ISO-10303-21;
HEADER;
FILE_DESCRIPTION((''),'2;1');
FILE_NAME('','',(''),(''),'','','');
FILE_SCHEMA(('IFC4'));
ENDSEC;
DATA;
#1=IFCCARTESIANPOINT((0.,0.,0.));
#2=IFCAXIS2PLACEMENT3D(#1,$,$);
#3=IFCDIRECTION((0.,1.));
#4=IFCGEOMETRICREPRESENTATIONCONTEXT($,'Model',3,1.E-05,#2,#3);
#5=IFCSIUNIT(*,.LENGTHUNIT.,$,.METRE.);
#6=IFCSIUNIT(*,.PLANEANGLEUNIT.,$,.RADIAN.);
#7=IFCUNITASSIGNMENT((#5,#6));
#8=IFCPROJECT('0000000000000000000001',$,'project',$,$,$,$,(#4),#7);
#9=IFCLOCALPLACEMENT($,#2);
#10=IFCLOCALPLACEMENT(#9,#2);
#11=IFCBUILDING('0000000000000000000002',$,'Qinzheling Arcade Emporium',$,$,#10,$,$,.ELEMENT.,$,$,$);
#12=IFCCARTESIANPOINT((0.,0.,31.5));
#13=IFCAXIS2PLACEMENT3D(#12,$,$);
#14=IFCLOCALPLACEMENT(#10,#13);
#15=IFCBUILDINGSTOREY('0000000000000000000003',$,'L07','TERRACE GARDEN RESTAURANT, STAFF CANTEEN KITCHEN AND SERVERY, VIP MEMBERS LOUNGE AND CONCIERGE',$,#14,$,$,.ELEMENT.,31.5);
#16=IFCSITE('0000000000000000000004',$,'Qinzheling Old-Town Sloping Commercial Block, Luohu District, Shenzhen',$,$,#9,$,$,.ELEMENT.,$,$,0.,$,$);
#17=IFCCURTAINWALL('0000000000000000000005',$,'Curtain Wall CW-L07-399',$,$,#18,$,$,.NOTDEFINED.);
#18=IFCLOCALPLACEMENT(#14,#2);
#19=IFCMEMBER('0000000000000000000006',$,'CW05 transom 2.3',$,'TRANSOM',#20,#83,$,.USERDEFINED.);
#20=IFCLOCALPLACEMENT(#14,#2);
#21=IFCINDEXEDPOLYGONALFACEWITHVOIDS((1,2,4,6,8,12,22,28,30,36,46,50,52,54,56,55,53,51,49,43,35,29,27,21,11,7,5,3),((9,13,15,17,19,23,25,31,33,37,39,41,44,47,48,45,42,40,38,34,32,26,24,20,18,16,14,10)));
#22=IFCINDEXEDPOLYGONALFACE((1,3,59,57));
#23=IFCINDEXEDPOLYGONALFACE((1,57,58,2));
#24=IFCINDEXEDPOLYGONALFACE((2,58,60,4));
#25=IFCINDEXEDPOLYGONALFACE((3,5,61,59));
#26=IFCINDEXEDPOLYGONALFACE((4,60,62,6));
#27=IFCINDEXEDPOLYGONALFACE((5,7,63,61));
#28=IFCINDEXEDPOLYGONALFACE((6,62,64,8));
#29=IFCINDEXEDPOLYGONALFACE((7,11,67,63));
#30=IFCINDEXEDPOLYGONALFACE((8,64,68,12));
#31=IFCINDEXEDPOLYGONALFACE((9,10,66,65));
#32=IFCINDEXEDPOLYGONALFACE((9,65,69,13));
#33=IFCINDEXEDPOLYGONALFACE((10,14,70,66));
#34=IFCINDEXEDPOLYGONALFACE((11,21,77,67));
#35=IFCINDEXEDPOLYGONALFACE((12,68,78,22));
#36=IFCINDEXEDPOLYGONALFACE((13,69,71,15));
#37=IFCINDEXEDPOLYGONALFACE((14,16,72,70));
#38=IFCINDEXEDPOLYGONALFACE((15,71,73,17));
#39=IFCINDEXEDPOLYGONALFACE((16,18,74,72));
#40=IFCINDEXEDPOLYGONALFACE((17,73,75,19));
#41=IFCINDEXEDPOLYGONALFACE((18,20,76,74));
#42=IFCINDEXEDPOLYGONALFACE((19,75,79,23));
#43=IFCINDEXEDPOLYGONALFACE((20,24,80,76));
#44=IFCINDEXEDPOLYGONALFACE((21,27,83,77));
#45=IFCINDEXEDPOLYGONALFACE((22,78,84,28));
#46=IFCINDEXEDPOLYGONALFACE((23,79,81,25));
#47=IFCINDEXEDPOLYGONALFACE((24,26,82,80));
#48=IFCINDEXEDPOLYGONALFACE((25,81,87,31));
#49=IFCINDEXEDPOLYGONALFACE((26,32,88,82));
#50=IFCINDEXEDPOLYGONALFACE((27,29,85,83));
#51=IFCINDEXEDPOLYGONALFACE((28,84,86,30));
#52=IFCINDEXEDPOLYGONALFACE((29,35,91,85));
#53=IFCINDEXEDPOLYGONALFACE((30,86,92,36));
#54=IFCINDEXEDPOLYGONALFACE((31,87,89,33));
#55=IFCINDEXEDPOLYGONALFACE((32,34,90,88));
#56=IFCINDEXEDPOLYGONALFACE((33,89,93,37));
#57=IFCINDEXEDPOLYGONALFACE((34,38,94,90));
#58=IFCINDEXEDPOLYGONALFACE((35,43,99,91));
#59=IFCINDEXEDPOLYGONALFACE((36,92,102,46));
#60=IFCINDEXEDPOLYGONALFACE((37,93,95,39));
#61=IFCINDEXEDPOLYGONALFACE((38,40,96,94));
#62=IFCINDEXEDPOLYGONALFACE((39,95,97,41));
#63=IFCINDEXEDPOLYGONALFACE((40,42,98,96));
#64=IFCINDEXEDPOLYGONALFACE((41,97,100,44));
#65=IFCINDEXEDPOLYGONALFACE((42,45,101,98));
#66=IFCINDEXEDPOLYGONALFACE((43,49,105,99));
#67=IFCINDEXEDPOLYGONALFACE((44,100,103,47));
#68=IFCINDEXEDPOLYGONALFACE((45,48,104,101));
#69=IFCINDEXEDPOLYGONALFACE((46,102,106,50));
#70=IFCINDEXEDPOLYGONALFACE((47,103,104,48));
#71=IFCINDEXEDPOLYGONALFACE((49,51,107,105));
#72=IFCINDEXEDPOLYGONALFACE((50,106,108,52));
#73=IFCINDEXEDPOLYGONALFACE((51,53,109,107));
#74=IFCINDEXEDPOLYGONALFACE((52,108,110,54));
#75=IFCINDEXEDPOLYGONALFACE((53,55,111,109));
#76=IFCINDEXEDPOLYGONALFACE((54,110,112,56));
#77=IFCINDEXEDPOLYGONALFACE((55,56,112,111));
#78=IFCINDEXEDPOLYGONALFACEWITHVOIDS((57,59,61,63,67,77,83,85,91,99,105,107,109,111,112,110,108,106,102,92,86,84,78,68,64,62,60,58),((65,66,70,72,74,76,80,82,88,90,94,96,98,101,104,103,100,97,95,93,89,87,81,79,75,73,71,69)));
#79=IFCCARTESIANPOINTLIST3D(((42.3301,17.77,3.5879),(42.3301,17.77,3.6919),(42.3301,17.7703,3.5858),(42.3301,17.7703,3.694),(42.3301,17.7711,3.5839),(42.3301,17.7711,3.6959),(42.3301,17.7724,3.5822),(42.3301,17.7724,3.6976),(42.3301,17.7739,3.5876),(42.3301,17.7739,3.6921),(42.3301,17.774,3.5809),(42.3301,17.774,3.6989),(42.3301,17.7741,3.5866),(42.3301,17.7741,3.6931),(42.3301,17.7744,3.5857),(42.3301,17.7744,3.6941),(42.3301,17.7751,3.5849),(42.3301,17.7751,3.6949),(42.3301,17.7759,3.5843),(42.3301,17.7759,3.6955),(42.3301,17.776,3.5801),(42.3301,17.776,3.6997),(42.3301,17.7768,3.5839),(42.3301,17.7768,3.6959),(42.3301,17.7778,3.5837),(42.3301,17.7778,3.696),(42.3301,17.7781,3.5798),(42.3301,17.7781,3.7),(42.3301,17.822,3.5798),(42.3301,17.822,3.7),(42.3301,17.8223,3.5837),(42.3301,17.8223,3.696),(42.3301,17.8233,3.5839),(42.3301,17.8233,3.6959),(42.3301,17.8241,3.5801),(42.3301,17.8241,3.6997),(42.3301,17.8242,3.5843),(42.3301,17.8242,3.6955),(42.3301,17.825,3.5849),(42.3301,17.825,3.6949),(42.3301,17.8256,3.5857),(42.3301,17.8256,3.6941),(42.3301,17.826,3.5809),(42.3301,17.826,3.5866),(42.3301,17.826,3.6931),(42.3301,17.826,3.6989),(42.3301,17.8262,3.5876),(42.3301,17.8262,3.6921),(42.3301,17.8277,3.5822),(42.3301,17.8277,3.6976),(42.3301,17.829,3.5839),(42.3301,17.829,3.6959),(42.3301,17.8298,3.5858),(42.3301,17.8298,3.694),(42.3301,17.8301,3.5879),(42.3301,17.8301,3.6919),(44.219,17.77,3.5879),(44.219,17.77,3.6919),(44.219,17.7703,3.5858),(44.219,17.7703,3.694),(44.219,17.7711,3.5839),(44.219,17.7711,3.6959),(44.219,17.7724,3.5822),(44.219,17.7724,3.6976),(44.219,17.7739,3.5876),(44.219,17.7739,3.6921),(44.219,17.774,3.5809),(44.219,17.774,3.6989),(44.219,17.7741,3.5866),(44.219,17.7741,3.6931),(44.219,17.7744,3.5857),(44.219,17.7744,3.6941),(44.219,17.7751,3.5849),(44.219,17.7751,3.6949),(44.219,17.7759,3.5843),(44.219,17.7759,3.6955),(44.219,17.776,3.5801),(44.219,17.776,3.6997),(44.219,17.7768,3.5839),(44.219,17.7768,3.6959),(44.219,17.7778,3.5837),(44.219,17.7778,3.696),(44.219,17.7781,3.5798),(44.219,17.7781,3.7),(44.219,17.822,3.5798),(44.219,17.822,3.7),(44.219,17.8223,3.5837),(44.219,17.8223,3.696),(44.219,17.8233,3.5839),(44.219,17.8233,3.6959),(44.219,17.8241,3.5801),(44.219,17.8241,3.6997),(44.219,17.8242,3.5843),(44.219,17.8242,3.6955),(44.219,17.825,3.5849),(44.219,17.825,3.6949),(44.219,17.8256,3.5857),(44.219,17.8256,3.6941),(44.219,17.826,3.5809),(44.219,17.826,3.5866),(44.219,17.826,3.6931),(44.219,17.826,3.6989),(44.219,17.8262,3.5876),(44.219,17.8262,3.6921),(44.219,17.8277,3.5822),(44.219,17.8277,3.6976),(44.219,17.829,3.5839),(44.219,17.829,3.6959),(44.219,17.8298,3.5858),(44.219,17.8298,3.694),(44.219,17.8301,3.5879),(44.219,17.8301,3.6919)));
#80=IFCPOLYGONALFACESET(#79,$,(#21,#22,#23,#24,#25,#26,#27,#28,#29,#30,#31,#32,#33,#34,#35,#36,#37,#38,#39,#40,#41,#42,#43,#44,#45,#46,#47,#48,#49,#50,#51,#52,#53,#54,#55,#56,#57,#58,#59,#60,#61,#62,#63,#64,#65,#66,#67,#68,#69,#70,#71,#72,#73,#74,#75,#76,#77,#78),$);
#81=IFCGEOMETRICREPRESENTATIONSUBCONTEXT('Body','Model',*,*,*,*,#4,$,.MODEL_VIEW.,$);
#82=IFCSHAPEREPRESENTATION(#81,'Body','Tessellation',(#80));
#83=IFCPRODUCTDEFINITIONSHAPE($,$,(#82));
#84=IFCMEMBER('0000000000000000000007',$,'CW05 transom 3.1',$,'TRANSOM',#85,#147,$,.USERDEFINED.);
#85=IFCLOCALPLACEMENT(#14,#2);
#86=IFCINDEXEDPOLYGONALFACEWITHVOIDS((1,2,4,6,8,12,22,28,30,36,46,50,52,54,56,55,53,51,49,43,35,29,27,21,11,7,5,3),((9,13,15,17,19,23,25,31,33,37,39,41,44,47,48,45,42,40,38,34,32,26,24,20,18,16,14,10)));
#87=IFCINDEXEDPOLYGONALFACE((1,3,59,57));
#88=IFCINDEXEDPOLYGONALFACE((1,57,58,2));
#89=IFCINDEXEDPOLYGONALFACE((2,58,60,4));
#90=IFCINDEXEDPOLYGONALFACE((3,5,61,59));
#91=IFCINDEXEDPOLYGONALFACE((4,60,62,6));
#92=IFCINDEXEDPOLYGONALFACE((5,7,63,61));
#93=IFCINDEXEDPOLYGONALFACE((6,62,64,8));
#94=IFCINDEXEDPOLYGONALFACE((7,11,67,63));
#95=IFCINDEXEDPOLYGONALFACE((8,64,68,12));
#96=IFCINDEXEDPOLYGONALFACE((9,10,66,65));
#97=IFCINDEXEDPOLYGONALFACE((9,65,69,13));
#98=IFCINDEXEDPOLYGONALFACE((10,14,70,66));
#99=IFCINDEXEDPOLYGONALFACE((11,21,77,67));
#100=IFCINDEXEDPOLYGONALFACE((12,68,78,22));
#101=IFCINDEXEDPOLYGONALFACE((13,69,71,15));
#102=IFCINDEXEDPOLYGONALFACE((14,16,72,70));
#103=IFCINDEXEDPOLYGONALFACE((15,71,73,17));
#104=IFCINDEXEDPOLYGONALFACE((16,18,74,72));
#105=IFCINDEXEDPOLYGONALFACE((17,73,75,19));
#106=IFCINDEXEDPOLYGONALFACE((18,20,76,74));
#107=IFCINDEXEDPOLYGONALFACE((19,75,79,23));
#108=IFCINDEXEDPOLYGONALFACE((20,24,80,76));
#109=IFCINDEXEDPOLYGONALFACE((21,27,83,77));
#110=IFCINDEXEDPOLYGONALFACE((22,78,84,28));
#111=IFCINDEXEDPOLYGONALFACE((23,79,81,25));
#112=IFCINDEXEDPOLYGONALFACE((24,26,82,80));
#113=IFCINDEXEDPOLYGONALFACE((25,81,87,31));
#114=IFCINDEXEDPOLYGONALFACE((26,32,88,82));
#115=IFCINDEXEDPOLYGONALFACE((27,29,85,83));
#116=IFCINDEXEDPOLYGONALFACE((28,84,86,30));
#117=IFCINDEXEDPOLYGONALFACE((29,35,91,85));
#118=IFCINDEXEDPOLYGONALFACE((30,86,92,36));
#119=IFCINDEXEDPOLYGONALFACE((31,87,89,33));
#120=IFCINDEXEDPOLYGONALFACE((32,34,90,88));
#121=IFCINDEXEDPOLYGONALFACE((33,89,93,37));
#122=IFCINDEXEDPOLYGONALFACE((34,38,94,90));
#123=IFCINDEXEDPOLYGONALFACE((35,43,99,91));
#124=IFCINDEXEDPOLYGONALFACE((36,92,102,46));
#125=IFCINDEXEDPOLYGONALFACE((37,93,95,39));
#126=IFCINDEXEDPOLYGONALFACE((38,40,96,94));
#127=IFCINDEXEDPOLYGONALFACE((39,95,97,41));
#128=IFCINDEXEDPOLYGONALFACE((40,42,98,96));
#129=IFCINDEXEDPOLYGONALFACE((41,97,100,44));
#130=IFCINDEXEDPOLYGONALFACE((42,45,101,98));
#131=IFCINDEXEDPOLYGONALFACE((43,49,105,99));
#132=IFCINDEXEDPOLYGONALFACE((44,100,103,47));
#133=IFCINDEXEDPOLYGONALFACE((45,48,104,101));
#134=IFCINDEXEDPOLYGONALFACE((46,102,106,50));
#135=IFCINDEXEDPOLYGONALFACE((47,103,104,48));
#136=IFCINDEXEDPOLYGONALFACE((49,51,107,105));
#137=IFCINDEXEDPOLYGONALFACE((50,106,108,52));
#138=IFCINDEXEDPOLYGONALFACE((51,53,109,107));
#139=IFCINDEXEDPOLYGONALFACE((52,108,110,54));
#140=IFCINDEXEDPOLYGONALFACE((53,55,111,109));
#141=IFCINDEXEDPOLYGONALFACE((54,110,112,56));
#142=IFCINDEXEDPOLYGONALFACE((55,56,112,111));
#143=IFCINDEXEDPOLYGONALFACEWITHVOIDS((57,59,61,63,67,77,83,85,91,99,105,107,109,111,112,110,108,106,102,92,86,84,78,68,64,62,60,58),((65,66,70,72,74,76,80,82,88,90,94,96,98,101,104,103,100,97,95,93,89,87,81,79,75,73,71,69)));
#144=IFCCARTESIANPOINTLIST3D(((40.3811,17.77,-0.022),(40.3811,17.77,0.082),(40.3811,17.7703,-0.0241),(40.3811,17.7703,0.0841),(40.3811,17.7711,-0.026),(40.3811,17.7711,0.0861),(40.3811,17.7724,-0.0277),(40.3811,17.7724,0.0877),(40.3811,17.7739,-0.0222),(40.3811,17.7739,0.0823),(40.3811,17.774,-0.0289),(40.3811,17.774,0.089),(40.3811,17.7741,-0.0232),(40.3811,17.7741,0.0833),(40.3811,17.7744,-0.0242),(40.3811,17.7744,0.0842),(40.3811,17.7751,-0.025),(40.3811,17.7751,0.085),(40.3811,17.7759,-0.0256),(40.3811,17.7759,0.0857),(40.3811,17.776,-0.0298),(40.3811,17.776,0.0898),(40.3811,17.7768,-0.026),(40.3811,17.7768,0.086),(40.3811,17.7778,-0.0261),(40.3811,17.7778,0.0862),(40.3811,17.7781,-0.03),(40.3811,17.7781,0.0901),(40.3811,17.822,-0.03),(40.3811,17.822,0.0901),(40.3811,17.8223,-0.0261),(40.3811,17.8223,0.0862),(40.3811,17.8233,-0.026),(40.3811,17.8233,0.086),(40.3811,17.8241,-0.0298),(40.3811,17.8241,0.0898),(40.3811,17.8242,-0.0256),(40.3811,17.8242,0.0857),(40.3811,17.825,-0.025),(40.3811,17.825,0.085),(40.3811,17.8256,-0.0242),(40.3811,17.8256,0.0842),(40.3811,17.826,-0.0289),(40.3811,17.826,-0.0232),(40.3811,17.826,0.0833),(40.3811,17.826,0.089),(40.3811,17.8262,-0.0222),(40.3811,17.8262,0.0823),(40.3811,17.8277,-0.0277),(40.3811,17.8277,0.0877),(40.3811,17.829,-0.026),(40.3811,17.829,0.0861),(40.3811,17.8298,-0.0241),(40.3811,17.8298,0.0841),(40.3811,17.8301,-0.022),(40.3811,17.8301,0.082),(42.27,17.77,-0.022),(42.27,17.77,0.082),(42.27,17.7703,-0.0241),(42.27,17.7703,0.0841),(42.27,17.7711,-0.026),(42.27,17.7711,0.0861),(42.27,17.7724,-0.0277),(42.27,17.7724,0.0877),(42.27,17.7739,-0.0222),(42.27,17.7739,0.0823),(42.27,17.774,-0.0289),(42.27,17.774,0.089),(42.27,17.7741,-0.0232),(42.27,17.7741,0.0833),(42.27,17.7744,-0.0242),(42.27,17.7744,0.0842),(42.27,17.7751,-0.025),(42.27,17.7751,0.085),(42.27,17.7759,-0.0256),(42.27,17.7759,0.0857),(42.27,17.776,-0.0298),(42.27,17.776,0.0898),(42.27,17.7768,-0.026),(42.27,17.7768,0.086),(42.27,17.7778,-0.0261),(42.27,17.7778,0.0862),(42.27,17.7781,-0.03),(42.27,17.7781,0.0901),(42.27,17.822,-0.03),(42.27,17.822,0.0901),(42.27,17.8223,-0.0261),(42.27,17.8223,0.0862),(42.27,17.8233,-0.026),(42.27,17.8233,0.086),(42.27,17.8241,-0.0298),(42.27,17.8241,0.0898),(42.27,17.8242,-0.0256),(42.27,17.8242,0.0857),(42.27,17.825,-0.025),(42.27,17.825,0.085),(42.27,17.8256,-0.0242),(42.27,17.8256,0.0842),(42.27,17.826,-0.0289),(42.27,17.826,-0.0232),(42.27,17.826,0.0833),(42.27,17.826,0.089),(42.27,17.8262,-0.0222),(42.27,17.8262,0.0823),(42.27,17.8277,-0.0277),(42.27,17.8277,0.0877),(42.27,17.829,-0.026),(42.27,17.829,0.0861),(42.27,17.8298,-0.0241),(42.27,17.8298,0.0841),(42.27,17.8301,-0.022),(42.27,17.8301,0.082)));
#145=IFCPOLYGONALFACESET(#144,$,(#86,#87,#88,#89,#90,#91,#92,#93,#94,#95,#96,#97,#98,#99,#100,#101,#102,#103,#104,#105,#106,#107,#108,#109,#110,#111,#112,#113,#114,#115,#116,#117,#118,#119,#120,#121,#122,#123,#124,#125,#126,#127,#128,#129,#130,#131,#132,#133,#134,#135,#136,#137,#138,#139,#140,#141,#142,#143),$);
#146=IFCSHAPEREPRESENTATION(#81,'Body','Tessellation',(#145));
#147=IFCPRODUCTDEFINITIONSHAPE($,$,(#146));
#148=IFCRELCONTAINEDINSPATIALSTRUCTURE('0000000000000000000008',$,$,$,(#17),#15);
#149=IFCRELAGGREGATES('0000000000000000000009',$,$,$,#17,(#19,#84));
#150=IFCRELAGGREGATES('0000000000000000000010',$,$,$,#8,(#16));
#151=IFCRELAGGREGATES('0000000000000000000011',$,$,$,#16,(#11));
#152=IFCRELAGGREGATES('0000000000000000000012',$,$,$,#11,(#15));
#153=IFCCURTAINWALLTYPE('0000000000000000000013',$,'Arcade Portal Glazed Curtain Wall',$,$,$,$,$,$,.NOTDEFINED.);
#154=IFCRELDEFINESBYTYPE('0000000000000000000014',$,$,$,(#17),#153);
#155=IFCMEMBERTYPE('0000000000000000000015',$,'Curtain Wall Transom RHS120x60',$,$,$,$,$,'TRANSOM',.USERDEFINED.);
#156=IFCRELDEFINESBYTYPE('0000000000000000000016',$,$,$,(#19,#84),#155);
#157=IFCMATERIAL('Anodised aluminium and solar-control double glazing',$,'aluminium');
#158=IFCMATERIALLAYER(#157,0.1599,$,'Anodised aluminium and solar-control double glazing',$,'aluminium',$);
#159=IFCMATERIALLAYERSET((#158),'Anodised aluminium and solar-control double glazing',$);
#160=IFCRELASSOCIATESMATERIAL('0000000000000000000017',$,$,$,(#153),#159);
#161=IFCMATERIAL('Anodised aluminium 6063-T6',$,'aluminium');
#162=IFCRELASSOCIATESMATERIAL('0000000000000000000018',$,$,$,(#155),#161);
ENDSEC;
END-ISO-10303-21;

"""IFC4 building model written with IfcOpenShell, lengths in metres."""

from ifc_helpers import new_model, si_unit, direction, frame, origin, origin_2d, place, context, subcontext, project, spatial, hollow_rectangle, extrude, material, layer, layer_set, material_profile, profile_set, type_object, element, aggregate, save


model = new_model("IFC4")

# Units and contexts
model_context = context("Model", 3, precision=1e-05, world=origin(), true_north=direction((0.0, 1.0)))
body_context = subcontext(model_context, "Body", "Model", "MODEL_VIEW")
ifc_project = project(units=[si_unit("LENGTHUNIT", "METRE"), si_unit("PLANEANGLEUNIT", "RADIAN")], contexts=[model_context])

# Site, building, storey
site_placement = place(None, origin())
site = spatial("IfcSite", under=ifc_project, at=site_placement, Name="Qinzheling Old-Town Sloping Commercial Block, Luohu District, Shenzhen", CompositionType="ELEMENT", RefElevation=0.0)
building_placement = place(site_placement, origin())
building = spatial("IfcBuilding", under=site, at=building_placement, Name="Qinzheling Arcade Emporium", CompositionType="ELEMENT")
storey_placement = place(building_placement, frame((0.0, 0.0, 31.5)))
storey = spatial("IfcBuildingStorey", under=building, at=storey_placement, Name="L07", Description="TERRACE GARDEN RESTAURANT, STAFF CANTEEN KITCHEN AND SERVERY, VIP MEMBERS LOUNGE AND CONCIERGE", CompositionType="ELEMENT", Elevation=31.5)

# Curtain wall, members
ifc_material_1 = material(Name="Anodised aluminium and solar-control double glazing", Category="aluminium")
ifc_layer_1 = layer(ifc_material_1, 0.1599, Name="Anodised aluminium and solar-control double glazing", Category="aluminium")
ifc_layer_set_1 = layer_set([ifc_layer_1], Name="Anodised aluminium and solar-control double glazing")
curtain_wall_type = type_object("IfcCurtainWallType", Name="Arcade Portal Glazed Curtain Wall", PredefinedType="NOTDEFINED", material=ifc_layer_set_1)
curtain_wall_placement = place(storey_placement, origin())
curtain_wall = element("IfcCurtainWall", 1, at=curtain_wall_placement, inside=storey, type_object=curtain_wall_type, Name="Curtain Wall CW-L07-399", PredefinedType="NOTDEFINED")
ifc_material_2 = material(Name="Anodised aluminium 6063-T6", Category="aluminium")
ifc_material_profile_1 = material_profile(ifc_material_2, hollow_rectangle(XDim=0.0601, YDim=0.1201, WallThickness=0.0039, InnerFilletRadius=0.0039, OuterFilletRadius=0.0081, at=origin_2d()), Name="RHS 120x60x4", Category="aluminium")
ifc_profile_set_1 = profile_set([ifc_material_profile_1], Name="Anodised aluminium 6063-T6")
member_type_1 = type_object("IfcMemberType", Name="Curtain Wall Transom RHS120x60", ElementType="TRANSOM", PredefinedType="USERDEFINED", material=ifc_profile_set_1)
member_1_placement = place(storey_placement, frame((44.219, 17.8, 3.6399), z_axis=(-1.0, 0.0, 0.0), x_axis=(0.0, -1.0, 0.0)))
member_1 = element("IfcMember", 2, at=member_1_placement, type_object=member_type_1, Name="CW05 transom 2.3", ObjectType="TRANSOM", PredefinedType="USERDEFINED", context=body_context, shape_type="SweptSolid", body=[
    extrude(hollow_rectangle(XDim=0.0601, YDim=0.1201, WallThickness=0.0039, InnerFilletRadius=0.0039, OuterFilletRadius=0.0081, at=origin_2d()), origin(), (0.0, 0.0, 1.0), 1.8889),
])
member_2_placement = place(storey_placement, frame((42.27, 17.8, 0.03), z_axis=(-1.0, 0.0, 0.0), x_axis=(0.0, -1.0, 0.0)))
member_2 = element("IfcMember", 3, at=member_2_placement, type_object=member_type_1, Name="CW05 transom 3.1", ObjectType="TRANSOM", PredefinedType="USERDEFINED", context=body_context, shape_type="SweptSolid", body=[
    extrude(hollow_rectangle(XDim=0.0601, YDim=0.1201, WallThickness=0.0039, InnerFilletRadius=0.0039, OuterFilletRadius=0.0081, at=origin_2d()), origin(), (0.0, 0.0, 1.0), 1.8889),
])

aggregate(curtain_wall, [member_1, member_2])

save(model, "model.ifc")
